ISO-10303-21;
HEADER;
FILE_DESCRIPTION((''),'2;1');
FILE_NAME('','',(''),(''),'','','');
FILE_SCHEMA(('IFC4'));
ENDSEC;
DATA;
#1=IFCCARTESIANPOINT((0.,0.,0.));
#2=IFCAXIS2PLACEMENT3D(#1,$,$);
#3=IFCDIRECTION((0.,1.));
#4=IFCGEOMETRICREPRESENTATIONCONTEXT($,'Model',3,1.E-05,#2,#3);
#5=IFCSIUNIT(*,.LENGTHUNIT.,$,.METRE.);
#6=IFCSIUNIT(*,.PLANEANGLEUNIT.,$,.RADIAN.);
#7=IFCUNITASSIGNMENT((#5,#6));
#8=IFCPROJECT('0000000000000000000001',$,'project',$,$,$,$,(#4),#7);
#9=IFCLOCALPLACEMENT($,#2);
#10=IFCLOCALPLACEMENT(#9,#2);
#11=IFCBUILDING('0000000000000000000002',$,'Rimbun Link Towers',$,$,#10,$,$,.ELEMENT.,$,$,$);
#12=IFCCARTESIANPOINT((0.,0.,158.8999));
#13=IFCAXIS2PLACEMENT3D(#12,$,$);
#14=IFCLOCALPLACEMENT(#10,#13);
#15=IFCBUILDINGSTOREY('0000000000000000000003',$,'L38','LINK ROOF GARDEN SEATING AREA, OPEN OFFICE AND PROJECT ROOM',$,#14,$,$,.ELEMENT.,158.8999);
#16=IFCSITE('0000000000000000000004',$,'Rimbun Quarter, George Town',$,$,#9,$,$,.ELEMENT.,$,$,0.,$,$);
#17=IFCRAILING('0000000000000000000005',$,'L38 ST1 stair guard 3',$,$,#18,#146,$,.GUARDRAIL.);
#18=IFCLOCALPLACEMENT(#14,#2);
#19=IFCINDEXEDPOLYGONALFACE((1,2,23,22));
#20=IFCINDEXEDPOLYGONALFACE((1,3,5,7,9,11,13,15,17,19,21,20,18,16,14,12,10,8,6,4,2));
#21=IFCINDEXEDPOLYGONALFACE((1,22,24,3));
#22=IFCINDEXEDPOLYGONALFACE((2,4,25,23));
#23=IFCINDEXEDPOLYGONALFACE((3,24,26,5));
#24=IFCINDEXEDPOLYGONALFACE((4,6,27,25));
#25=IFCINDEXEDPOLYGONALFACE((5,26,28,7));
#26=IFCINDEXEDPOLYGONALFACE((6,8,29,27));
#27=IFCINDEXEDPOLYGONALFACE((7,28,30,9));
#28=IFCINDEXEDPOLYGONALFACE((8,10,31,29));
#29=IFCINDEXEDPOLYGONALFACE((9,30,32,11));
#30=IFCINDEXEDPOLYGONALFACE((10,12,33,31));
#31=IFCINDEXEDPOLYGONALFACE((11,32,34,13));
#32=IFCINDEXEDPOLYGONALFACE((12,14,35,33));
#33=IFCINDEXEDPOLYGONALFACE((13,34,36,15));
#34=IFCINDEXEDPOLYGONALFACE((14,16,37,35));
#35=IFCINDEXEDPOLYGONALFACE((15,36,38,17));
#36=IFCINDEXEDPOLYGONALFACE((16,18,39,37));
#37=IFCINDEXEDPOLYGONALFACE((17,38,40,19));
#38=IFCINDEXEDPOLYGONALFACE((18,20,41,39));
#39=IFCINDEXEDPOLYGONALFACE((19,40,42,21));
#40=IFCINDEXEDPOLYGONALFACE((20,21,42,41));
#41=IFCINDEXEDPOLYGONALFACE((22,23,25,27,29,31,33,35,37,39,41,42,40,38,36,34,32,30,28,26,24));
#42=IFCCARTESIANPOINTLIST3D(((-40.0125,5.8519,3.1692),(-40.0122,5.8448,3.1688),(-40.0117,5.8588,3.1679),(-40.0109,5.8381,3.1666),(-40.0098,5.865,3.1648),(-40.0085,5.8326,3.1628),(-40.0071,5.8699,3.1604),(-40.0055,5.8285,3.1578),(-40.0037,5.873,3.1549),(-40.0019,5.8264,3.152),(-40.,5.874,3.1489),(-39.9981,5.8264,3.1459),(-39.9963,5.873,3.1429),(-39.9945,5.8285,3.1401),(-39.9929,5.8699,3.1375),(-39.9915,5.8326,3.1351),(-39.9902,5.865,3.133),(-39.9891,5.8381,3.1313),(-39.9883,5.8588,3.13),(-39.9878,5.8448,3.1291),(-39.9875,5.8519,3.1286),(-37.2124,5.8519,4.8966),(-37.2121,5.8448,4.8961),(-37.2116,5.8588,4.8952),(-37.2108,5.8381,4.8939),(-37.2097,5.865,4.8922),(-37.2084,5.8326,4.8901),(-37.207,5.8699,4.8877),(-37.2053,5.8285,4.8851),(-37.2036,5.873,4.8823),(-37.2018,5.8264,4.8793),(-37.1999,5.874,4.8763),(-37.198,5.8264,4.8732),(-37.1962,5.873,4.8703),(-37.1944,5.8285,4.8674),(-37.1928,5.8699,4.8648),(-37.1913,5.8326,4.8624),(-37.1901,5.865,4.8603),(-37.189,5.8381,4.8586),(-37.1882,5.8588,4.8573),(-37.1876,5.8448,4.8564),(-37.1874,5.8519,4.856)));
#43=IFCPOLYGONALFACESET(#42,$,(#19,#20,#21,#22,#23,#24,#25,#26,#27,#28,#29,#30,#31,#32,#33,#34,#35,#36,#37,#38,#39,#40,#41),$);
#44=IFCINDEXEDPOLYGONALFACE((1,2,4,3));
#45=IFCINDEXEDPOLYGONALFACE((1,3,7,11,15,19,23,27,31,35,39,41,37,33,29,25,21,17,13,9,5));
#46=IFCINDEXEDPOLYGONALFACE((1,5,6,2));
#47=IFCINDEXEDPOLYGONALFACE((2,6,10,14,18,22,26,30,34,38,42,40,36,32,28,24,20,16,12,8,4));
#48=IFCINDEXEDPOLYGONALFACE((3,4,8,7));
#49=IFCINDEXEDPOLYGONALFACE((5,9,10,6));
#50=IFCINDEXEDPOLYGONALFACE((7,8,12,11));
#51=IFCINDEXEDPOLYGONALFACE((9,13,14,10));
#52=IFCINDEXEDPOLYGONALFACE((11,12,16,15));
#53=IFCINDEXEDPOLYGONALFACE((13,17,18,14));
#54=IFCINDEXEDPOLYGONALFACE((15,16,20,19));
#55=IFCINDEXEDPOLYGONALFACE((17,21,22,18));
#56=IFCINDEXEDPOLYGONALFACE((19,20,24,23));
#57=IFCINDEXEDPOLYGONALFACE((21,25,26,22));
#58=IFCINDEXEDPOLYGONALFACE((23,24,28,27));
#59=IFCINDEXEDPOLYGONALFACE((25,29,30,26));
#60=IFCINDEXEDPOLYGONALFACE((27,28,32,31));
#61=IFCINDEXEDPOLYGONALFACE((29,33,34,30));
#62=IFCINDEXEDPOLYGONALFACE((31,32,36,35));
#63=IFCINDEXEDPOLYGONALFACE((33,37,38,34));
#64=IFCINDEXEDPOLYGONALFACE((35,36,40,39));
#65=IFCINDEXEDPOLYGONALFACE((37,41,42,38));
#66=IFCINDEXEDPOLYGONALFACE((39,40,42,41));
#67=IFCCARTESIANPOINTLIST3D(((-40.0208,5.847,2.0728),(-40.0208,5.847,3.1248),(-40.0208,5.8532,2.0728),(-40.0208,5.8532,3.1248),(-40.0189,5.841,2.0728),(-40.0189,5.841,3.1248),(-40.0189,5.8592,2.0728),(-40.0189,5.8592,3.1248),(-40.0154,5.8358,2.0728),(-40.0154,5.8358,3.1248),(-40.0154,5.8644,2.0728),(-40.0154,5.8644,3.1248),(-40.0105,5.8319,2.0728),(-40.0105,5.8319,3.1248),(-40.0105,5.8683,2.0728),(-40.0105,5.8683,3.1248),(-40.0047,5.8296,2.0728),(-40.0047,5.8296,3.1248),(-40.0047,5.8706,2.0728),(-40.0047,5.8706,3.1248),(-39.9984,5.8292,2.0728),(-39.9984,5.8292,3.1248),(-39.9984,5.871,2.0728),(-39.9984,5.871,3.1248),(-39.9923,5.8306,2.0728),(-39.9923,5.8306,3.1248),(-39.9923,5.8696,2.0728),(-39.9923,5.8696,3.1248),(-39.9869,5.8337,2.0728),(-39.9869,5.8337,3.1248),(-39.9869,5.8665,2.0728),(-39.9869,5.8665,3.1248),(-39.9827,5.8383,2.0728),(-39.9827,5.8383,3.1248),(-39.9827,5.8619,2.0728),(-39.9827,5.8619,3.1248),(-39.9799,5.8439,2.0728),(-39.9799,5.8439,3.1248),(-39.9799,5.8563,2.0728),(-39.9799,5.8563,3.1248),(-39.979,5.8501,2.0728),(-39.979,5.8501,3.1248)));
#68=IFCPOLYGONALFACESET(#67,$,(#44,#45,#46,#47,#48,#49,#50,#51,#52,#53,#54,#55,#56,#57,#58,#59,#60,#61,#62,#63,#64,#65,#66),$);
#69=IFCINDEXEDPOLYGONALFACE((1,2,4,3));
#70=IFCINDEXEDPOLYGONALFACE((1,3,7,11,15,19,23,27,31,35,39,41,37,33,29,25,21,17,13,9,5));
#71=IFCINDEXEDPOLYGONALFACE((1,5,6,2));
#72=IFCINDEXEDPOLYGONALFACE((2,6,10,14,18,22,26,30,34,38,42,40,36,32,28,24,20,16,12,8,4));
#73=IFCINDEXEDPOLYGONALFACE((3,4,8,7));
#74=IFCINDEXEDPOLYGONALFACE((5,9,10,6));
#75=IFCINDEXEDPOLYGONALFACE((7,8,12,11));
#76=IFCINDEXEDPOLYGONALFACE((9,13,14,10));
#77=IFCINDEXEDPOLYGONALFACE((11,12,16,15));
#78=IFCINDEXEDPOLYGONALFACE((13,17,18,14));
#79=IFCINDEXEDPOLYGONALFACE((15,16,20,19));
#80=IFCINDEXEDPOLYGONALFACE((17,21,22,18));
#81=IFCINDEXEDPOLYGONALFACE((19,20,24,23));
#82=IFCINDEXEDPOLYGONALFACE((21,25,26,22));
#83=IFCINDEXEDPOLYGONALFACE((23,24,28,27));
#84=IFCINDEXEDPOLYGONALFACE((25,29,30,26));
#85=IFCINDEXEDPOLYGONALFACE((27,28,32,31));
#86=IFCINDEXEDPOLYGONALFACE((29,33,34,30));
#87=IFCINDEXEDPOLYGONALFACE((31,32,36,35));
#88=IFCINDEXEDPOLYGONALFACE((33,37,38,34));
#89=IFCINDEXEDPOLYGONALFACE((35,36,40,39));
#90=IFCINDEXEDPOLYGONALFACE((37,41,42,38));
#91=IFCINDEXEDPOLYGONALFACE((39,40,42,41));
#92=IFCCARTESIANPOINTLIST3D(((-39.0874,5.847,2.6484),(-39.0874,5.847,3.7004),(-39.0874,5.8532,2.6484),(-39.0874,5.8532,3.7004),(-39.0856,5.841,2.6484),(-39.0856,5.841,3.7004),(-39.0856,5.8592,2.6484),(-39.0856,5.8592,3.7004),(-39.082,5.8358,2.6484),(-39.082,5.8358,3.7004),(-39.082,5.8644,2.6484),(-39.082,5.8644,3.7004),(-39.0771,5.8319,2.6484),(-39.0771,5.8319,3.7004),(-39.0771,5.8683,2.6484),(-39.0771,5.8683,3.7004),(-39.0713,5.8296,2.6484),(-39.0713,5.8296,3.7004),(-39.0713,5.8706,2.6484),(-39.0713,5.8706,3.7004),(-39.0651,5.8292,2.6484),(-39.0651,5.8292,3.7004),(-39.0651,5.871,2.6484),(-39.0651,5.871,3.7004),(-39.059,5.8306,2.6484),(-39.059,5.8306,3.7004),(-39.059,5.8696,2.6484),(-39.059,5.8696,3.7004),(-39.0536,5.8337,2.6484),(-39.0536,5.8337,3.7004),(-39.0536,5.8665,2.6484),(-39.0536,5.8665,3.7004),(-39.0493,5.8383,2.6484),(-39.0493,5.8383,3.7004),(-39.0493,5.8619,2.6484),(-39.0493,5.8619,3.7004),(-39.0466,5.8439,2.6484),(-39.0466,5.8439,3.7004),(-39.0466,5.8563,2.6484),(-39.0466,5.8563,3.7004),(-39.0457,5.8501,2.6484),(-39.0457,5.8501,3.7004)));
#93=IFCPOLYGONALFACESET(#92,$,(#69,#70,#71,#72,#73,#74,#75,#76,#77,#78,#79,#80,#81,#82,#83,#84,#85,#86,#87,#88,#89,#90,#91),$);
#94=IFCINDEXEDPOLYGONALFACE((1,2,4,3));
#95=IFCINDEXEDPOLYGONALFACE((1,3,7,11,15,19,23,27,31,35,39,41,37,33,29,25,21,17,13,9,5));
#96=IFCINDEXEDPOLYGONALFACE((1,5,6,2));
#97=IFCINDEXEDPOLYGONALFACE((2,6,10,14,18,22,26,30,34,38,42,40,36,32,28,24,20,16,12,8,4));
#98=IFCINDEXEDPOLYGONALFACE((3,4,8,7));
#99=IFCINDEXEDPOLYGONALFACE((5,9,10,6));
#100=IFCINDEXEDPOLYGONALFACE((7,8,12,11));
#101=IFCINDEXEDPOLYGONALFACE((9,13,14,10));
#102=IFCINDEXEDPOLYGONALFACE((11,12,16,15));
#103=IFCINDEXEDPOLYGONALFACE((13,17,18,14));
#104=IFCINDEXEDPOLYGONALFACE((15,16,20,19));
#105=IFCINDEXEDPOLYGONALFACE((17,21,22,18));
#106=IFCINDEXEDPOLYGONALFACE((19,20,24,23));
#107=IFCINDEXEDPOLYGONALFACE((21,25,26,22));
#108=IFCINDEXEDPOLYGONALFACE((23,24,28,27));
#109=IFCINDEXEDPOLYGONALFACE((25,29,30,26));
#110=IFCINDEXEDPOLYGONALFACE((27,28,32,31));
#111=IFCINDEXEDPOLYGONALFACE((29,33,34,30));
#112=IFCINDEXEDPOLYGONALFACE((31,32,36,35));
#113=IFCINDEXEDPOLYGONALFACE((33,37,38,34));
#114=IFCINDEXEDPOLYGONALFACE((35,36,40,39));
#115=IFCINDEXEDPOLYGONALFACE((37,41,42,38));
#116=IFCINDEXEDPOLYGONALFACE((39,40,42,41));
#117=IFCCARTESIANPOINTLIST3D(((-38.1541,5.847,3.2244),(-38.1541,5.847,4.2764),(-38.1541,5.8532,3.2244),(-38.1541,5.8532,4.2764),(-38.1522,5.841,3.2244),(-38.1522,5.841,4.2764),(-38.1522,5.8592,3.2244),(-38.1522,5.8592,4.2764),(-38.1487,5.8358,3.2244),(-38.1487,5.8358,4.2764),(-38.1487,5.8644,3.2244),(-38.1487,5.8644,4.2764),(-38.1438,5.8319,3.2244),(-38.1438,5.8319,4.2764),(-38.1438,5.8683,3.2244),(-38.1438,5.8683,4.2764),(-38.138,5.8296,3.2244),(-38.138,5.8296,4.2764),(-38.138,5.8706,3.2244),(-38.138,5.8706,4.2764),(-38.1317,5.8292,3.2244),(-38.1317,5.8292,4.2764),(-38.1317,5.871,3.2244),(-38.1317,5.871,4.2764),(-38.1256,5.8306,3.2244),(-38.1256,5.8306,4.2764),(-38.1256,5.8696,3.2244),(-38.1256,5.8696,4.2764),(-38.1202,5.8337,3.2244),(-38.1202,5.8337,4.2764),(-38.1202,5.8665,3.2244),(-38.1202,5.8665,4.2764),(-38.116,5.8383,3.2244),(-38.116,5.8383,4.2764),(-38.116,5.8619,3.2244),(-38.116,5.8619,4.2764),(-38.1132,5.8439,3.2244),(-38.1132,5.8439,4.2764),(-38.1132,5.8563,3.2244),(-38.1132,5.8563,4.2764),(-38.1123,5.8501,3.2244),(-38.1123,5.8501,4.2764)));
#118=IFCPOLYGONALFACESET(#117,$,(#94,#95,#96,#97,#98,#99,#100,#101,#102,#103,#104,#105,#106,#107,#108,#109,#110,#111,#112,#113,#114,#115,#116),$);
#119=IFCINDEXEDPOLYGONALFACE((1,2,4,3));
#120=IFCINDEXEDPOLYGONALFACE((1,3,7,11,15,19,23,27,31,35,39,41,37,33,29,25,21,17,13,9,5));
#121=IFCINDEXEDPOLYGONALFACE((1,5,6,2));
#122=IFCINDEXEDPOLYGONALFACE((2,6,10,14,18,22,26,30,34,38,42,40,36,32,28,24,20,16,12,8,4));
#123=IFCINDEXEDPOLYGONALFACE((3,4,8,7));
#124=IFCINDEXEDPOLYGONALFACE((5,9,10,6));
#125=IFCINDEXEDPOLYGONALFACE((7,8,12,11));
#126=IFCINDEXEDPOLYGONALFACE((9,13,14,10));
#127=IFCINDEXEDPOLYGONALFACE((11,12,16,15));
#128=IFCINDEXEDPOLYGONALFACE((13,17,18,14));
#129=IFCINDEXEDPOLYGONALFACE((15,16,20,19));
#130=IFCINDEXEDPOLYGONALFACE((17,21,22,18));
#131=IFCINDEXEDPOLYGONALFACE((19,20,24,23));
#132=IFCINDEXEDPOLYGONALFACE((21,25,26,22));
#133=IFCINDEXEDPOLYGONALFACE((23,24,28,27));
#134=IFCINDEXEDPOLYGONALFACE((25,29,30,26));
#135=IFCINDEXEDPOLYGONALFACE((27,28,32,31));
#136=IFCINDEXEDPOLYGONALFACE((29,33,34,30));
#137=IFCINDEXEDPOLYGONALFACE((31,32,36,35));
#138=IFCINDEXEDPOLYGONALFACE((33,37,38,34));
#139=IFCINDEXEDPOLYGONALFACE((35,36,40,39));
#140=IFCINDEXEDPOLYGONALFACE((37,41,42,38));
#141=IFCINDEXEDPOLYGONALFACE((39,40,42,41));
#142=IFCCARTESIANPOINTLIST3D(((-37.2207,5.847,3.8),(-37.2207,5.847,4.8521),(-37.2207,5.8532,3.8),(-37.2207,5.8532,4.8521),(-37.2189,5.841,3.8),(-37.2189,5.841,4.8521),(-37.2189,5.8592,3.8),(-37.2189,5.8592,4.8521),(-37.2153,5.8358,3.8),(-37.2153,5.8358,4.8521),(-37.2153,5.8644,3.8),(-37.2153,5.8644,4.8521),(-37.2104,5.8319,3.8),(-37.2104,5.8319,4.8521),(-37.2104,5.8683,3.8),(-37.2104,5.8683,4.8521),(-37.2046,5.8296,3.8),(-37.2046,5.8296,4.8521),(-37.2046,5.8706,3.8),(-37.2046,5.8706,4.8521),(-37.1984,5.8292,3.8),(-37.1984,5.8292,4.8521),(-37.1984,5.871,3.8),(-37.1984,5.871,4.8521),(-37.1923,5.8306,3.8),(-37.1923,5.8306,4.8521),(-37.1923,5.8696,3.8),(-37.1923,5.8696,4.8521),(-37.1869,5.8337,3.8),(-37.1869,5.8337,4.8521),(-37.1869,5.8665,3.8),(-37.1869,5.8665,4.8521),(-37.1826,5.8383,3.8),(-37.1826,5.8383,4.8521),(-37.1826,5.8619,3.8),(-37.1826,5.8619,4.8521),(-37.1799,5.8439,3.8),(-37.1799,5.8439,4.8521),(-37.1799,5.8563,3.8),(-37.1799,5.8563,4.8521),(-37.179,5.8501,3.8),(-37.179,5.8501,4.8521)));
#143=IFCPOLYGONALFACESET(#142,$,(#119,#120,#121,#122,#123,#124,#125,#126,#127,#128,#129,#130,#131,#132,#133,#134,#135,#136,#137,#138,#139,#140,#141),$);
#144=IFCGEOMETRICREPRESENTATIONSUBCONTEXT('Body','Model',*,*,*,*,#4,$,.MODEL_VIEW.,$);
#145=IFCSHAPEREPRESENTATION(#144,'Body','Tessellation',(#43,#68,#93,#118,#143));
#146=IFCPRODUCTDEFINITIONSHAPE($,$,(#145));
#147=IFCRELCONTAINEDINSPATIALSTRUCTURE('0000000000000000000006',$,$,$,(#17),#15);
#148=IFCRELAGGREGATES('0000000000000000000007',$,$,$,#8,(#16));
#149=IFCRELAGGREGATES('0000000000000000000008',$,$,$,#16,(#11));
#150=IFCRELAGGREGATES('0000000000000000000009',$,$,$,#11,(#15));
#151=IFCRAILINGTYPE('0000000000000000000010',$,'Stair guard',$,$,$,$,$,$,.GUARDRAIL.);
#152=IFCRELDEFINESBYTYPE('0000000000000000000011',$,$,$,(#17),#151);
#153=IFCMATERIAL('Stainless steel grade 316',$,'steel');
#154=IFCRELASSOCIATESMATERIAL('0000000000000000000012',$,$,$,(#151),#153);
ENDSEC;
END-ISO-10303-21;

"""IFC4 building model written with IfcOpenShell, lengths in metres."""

from ifc_helpers import new_model, si_unit, direction, frame, origin, origin_2d, place, context, subcontext, project, spatial, circle, extrude, material, type_object, element, save


model = new_model("IFC4")

# Units and contexts
model_context = context("Model", 3, precision=1e-05, world=origin(), true_north=direction((0.0, 1.0)))
body_context = subcontext(model_context, "Body", "Model", "MODEL_VIEW")
ifc_project = project(units=[si_unit("LENGTHUNIT", "METRE"), si_unit("PLANEANGLEUNIT", "RADIAN")], contexts=[model_context])

# Site, building, storey
site_placement = place(None, origin())
site = spatial("IfcSite", under=ifc_project, at=site_placement, Name="Rimbun Quarter, George Town", CompositionType="ELEMENT", RefElevation=0.0)
building_placement = place(site_placement, origin())
building = spatial("IfcBuilding", under=site, at=building_placement, Name="Rimbun Link Towers", CompositionType="ELEMENT")
storey_placement = place(building_placement, frame((0.0, 0.0, 158.8999)))
storey = spatial("IfcBuildingStorey", under=building, at=storey_placement, Name="L38", Description="LINK ROOF GARDEN SEATING AREA, OPEN OFFICE AND PROJECT ROOM", CompositionType="ELEMENT", Elevation=158.8999)

# Railing
ifc_material_1 = material(Name="Stainless steel grade 316", Category="steel")
railing_type_1 = type_object("IfcRailingType", Name="Stair guard", PredefinedType="GUARDRAIL", material=ifc_material_1)
railing_1_placement = place(storey_placement, frame((-40.0, 5.8501, 2.0728)))
element("IfcRailing", 1, at=railing_1_placement, inside=storey, type_object=railing_type_1, Name="L38 ST1 stair guard 3", PredefinedType="GUARDRAIL", context=body_context, shape_type="SweptSolid", body=[
    extrude(circle(Radius=0.0239, at=origin_2d()), frame((0.0, 0.0, 1.0762), z_axis=(0.85109, 0.0, 0.52502), x_axis=(0.0, 1.0, 0.0)), (0.0, 0.0, 1.0), 3.29),
    extrude(circle(Radius=0.021, at=origin_2d()), origin(), (0.0, 0.0, 1.0), 1.052),
    extrude(circle(Radius=0.021, at=origin_2d()), frame((0.9333, 0.0, 0.5757)), (0.0, 0.0, 1.0), 1.052),
    extrude(circle(Radius=0.021, at=origin_2d()), frame((1.8667, 0.0, 1.1516)), (0.0, 0.0, 1.0), 1.052),
    extrude(circle(Radius=0.021, at=origin_2d()), frame((2.8, 0.0, 1.7273)), (0.0, 0.0, 1.0), 1.052),
])

save(model, "model.ifc")
